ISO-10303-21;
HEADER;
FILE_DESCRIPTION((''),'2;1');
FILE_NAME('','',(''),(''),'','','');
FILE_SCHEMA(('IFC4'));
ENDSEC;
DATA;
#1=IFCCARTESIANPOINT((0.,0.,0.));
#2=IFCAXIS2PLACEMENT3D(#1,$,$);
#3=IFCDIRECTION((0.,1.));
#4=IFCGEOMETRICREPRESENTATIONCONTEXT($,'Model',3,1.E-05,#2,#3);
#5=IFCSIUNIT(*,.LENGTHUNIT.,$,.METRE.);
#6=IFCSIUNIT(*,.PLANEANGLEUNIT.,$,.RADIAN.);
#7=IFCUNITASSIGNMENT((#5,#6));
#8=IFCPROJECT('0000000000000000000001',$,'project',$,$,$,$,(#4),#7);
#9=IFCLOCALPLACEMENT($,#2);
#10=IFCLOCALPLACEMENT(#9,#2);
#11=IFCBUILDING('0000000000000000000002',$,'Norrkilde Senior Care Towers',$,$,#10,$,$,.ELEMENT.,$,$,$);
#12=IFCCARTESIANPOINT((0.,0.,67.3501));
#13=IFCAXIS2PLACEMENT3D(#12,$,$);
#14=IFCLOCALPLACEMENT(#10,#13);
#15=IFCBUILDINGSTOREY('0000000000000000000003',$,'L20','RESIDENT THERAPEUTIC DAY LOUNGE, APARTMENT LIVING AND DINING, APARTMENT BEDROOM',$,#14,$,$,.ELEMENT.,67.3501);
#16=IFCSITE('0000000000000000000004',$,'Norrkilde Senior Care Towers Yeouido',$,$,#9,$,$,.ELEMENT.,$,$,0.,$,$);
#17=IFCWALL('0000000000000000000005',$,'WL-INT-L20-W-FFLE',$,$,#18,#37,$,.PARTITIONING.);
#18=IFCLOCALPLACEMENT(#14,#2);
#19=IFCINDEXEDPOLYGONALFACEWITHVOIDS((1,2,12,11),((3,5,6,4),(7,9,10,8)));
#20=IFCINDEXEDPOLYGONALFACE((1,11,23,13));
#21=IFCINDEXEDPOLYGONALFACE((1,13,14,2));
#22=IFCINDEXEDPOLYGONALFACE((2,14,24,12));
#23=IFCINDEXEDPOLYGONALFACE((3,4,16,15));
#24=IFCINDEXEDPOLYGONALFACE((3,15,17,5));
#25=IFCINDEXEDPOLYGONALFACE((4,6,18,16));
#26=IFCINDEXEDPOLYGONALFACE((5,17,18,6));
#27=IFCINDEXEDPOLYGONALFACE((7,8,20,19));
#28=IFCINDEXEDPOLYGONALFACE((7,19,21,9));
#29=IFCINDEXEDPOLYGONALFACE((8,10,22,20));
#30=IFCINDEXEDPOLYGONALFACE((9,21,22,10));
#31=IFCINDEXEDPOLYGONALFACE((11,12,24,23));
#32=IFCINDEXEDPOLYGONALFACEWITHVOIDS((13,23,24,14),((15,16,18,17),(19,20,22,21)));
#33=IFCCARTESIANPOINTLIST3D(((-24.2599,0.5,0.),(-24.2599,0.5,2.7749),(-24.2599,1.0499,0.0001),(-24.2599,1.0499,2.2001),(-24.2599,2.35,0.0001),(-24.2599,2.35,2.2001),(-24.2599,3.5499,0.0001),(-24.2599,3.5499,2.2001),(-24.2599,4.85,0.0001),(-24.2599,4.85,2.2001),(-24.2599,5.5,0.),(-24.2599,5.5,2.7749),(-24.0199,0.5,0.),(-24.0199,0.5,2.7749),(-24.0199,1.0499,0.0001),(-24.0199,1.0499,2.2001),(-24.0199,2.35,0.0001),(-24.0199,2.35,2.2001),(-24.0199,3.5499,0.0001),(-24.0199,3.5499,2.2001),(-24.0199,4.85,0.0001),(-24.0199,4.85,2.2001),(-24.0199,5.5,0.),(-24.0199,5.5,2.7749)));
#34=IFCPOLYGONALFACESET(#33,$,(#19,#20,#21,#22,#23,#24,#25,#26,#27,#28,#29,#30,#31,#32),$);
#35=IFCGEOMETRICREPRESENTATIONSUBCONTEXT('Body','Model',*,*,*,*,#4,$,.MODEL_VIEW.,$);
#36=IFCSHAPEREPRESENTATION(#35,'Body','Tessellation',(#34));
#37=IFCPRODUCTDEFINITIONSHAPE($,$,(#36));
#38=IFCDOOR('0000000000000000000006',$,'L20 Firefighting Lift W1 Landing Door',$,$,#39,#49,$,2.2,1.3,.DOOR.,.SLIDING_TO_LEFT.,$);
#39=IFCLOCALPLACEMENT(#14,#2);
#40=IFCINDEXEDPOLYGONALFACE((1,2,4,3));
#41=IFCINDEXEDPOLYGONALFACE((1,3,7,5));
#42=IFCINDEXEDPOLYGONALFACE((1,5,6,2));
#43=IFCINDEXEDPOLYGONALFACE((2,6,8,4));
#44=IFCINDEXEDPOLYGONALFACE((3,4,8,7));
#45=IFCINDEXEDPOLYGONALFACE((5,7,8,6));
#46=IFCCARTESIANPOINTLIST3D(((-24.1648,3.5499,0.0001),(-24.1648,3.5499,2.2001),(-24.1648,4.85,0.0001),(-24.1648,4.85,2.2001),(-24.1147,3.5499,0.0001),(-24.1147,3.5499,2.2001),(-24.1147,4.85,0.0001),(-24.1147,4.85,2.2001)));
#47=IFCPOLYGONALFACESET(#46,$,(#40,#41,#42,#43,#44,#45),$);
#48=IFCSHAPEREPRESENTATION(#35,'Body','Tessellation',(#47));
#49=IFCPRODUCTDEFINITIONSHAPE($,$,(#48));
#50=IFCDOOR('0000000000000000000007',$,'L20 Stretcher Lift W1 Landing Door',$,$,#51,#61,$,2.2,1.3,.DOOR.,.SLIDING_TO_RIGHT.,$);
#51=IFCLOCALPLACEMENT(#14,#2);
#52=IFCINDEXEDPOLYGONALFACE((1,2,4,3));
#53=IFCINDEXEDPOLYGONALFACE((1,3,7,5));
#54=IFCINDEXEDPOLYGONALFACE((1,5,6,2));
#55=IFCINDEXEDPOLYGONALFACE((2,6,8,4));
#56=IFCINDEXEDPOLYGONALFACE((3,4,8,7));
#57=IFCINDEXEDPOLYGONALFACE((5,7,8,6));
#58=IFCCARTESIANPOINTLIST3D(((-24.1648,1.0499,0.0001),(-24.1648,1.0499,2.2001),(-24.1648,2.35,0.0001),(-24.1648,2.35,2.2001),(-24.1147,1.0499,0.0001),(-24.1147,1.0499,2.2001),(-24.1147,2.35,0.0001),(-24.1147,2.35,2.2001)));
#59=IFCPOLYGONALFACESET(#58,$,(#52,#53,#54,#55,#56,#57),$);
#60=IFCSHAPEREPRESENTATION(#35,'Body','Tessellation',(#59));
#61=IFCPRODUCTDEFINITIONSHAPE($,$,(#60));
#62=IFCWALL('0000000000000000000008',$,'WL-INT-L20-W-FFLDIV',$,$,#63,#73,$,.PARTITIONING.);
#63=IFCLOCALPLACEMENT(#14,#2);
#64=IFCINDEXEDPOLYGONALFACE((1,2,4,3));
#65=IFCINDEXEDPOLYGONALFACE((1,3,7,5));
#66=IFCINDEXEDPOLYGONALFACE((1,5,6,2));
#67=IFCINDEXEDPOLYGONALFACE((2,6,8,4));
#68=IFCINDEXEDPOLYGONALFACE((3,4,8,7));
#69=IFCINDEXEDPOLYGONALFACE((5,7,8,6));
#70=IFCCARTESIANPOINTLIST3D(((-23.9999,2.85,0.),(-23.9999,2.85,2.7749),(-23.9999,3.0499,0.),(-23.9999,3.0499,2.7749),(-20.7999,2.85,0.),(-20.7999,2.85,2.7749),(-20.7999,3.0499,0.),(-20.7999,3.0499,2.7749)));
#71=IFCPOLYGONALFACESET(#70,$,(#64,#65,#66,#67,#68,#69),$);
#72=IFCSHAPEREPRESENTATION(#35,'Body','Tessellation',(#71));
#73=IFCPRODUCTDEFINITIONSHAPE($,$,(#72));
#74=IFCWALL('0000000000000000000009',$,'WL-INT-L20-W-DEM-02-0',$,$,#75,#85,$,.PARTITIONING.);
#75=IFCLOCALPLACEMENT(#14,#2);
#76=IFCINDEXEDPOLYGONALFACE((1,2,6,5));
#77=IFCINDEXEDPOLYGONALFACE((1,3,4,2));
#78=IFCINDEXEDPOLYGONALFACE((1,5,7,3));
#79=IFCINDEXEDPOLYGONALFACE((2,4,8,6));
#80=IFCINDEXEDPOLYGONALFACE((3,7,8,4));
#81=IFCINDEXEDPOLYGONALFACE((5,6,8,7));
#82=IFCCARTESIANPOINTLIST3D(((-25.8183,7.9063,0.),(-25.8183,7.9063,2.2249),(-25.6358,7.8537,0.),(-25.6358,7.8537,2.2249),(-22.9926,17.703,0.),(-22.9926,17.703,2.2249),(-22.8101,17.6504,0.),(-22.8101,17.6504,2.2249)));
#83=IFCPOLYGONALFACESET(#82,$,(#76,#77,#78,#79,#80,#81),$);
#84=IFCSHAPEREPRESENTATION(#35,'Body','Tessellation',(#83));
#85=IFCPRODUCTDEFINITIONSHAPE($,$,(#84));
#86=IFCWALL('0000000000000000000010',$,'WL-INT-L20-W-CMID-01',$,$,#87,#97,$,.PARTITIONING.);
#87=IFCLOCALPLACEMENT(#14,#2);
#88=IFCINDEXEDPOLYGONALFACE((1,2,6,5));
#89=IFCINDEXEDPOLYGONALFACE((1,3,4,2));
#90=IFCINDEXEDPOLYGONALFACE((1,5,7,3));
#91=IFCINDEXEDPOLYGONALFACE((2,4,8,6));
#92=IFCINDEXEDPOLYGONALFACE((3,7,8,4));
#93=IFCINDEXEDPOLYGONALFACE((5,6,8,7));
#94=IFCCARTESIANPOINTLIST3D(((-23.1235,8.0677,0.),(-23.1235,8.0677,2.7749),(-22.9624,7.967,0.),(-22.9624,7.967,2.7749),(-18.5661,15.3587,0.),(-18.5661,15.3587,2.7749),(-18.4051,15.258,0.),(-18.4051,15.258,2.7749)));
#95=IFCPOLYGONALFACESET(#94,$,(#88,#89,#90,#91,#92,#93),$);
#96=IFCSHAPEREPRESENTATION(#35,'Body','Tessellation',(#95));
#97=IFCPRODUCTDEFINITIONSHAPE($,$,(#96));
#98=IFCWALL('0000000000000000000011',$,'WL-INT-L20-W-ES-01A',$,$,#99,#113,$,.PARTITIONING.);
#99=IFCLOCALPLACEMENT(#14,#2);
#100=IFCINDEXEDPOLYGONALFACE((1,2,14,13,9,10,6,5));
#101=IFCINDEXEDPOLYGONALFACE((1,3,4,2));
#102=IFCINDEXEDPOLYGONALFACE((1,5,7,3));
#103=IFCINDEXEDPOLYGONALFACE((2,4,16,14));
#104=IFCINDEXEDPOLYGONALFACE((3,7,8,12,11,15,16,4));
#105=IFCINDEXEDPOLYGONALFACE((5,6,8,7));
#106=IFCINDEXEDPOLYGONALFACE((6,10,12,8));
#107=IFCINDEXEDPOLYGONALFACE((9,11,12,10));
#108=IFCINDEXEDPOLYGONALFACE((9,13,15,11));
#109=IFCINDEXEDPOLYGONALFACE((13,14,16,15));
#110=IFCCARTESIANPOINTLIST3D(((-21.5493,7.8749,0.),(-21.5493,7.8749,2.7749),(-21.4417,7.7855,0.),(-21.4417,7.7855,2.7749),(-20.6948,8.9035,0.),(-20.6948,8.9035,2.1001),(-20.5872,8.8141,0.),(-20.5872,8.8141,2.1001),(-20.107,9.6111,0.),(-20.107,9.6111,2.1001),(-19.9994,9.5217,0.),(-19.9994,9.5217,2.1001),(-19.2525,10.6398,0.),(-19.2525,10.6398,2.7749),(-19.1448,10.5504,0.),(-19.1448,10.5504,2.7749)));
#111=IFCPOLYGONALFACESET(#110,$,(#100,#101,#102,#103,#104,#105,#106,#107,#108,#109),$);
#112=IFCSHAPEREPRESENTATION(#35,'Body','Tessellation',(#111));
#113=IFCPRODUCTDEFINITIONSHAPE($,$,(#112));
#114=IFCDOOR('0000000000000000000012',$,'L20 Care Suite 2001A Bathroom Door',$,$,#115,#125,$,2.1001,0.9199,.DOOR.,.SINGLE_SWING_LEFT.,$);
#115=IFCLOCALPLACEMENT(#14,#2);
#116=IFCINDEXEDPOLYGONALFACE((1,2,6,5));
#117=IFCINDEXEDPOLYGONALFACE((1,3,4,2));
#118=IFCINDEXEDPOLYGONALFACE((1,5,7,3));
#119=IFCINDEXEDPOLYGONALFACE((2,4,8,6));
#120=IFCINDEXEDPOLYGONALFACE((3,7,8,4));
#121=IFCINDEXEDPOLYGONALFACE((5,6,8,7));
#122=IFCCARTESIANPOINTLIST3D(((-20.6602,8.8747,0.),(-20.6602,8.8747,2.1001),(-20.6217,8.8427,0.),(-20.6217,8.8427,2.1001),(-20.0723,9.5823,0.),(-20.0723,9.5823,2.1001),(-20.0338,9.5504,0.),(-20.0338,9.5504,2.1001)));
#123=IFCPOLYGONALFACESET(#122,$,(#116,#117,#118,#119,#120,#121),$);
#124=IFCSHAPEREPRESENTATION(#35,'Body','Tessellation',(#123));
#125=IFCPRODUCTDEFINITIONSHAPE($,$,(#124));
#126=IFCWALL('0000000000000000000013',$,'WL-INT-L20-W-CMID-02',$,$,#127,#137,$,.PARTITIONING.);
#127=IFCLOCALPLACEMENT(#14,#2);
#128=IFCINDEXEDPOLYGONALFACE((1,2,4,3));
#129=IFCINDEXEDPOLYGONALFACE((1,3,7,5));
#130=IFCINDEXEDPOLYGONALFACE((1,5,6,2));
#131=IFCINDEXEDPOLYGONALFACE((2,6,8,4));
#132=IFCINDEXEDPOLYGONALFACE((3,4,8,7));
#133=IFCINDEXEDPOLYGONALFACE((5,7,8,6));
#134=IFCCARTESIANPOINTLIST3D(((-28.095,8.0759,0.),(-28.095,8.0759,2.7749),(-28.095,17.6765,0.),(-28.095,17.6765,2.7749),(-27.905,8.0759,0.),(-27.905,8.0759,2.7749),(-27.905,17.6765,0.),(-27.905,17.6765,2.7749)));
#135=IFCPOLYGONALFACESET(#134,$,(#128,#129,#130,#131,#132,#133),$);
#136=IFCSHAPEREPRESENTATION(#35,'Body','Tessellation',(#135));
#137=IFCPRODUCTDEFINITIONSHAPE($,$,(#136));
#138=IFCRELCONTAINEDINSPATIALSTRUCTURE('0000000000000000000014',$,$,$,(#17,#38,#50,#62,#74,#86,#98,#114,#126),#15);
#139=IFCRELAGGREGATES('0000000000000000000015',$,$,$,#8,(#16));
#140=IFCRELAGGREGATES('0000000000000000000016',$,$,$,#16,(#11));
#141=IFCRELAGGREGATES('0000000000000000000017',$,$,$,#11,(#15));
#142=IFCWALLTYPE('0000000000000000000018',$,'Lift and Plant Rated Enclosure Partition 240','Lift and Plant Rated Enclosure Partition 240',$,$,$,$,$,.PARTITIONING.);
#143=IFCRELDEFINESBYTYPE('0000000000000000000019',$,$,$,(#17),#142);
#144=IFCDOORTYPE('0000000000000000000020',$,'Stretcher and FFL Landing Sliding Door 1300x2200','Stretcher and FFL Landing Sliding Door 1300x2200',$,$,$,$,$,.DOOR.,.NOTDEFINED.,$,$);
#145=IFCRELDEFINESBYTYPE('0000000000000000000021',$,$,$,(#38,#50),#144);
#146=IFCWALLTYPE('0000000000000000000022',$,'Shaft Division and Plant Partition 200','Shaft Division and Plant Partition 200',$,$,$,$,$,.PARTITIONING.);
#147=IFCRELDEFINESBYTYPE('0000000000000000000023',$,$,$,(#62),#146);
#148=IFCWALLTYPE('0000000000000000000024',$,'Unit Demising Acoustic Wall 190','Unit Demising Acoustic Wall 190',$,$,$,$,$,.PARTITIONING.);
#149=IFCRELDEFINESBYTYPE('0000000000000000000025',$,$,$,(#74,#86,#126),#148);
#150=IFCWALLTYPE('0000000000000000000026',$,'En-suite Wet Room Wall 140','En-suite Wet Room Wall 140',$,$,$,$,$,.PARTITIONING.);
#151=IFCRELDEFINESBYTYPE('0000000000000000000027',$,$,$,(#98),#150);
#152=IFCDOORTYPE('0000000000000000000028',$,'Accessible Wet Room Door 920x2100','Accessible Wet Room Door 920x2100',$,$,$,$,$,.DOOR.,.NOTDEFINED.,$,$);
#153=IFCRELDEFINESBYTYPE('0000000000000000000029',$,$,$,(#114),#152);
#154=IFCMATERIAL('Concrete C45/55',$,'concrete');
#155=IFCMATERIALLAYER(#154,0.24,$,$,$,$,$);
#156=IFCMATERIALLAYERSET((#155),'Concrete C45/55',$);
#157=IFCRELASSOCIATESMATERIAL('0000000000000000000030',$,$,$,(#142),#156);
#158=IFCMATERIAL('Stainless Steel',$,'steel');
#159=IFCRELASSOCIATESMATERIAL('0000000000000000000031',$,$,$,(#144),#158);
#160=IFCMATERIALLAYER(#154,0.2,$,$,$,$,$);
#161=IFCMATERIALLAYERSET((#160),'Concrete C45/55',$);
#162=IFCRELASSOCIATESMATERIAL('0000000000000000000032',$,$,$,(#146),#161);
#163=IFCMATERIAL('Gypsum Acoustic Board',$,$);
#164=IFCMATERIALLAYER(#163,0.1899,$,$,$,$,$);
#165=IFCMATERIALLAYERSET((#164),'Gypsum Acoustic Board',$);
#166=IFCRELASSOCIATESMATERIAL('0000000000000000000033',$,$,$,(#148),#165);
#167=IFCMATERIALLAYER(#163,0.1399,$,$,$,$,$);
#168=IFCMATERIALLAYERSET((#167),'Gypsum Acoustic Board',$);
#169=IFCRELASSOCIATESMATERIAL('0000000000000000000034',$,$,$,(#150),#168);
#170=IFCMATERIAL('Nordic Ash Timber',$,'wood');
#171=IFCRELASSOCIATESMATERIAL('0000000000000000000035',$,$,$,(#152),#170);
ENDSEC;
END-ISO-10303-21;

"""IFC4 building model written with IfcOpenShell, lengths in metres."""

from ifc_helpers import new_model, si_unit, direction, frame, frame_2d, origin, place, context, subcontext, project, spatial, rectangle, extrude, source, transform, mapped, material, layer, layer_set, type_object, type_shapes, element, fill, save


model = new_model("IFC4")

# Units and contexts
model_context = context("Model", 3, precision=1e-05, world=origin(), true_north=direction((0.0, 1.0)))
body_context = subcontext(model_context, "Body", "Model", "MODEL_VIEW")
ifc_project = project(units=[si_unit("LENGTHUNIT", "METRE"), si_unit("PLANEANGLEUNIT", "RADIAN")], contexts=[model_context])

# Site, building, storey
site_placement = place(None, origin())
site = spatial("IfcSite", under=ifc_project, at=site_placement, Name="Norrkilde Senior Care Towers Yeouido", CompositionType="ELEMENT", RefElevation=0.0)
building_placement = place(site_placement, origin())
building = spatial("IfcBuilding", under=site, at=building_placement, Name="Norrkilde Senior Care Towers", CompositionType="ELEMENT")
storey_placement = place(building_placement, frame((0.0, 0.0, 67.3501)))
storey = spatial("IfcBuildingStorey", under=building, at=storey_placement, Name="L20", Description="RESIDENT THERAPEUTIC DAY LOUNGE, APARTMENT LIVING AND DINING, APARTMENT BEDROOM", CompositionType="ELEMENT", Elevation=67.3501)

# Shared definitions
ifc_material_1 = material(Name="Concrete C45/55", Category="concrete")

# Wall, openings, doors
ifc_layer_1 = layer(ifc_material_1, 0.24)
ifc_layer_set_1 = layer_set([ifc_layer_1], Name="Concrete C45/55")
wall_type_1 = type_object("IfcWallType", Name="Lift and Plant Rated Enclosure Partition 240", Description="Lift and Plant Rated Enclosure Partition 240", PredefinedType="PARTITIONING", material=ifc_layer_set_1)
shared_shape_1 = source(origin(), body_context, "Body", "SweptSolid", [
    extrude(rectangle(XDim=5.0, YDim=0.24, at=frame_2d((2.5, 0.0))), origin(), (0.0, 0.0, 1.0), 2.7749),
])
type_shapes(wall_type_1, [shared_shape_1])
wall_1_placement = place(storey_placement, frame((-24.1399, 0.5, 0.0), z_axis=(0.0, 0.0, 1.0), x_axis=(0.0, 1.0, 0.0)))
wall_1 = element("IfcWall", 1, at=wall_1_placement, inside=storey, type_object=wall_type_1, Name="WL-INT-L20-W-FFLE", PredefinedType="PARTITIONING", context=body_context, shape_type="MappedRepresentation", body=[
    mapped(shared_shape_1, transform((0.0, 0.0, 0.0), x_axis=(1.0, 0.0, 0.0), y_axis=(0.0, 1.0, 0.0), z_axis=(0.0, 0.0, 1.0), scale=1.0)),
])
opening_1_placement = place(wall_1_placement, frame((3.05, 0.0, 0.0)))
opening_1 = element("IfcOpeningElement", 2, at=opening_1_placement, cuts=wall_1, PredefinedType="OPENING", context=body_context, shape_type="SweptSolid", body=[
    extrude(rectangle(XDim=1.3, YDim=2.2, at=frame_2d((0.6499, 1.1001))), frame((0.0, 0.1299, 0.0), z_axis=(0.0, -1.0, 0.0), x_axis=(1.0, 0.0, 0.0)), (0.0, 0.0, 1.0), 0.26),
])
opening_2_placement = place(wall_1_placement, frame((0.55, 0.0, 0.0)))
opening_2 = element("IfcOpeningElement", 3, at=opening_2_placement, cuts=wall_1, PredefinedType="OPENING", context=body_context, shape_type="SweptSolid", body=[
    extrude(rectangle(XDim=1.3, YDim=2.2, at=frame_2d((0.6499, 1.1001))), frame((0.0, 0.1299, 0.0), z_axis=(0.0, -1.0, 0.0), x_axis=(1.0, 0.0, 0.0)), (0.0, 0.0, 1.0), 0.26),
])
ifc_material_2 = material(Name="Stainless Steel", Category="steel")
door_type_1 = type_object("IfcDoorType", Name="Stretcher and FFL Landing Sliding Door 1300x2200", Description="Stretcher and FFL Landing Sliding Door 1300x2200", OperationType="NOTDEFINED", PredefinedType="DOOR", material=ifc_material_2)
shared_shape_2 = source(origin(), body_context, "Body", "SweptSolid", [
    extrude(rectangle(XDim=1.3, YDim=2.2, at=frame_2d((0.6499, 1.1001))), frame((0.0, 0.0249, 0.0), z_axis=(0.0, -1.0, 0.0), x_axis=(1.0, 0.0, 0.0)), (0.0, 0.0, 1.0), 0.05),
])
type_shapes(door_type_1, [shared_shape_2])
door_1_placement = place(opening_1_placement, origin())
door_1 = element("IfcDoor", 4, at=door_1_placement, inside=storey, type_object=door_type_1, Name="L20 Firefighting Lift W1 Landing Door", OperationType="SLIDING_TO_LEFT", OverallHeight=2.2, OverallWidth=1.3, PredefinedType="DOOR", context=body_context, shape_type="MappedRepresentation", body=[
    mapped(shared_shape_2, transform((0.0, 0.0, 0.0), x_axis=(1.0, 0.0, 0.0), y_axis=(0.0, 1.0, 0.0), z_axis=(0.0, 0.0, 1.0), scale=1.0)),
])
fill(opening_1, door_1)
door_2_placement = place(opening_2_placement, origin())
door_2 = element("IfcDoor", 5, at=door_2_placement, inside=storey, type_object=door_type_1, Name="L20 Stretcher Lift W1 Landing Door", OperationType="SLIDING_TO_RIGHT", OverallHeight=2.2, OverallWidth=1.3, PredefinedType="DOOR", context=body_context, shape_type="MappedRepresentation", body=[
    mapped(shared_shape_2, transform((0.0, 0.0, 0.0), x_axis=(1.0, 0.0, 0.0), y_axis=(0.0, 1.0, 0.0), z_axis=(0.0, 0.0, 1.0), scale=1.0)),
])
fill(opening_2, door_2)

# Wall
ifc_layer_2 = layer(ifc_material_1, 0.2)
ifc_layer_set_2 = layer_set([ifc_layer_2], Name="Concrete C45/55")
wall_type_2 = type_object("IfcWallType", Name="Shaft Division and Plant Partition 200", Description="Shaft Division and Plant Partition 200", PredefinedType="PARTITIONING", material=ifc_layer_set_2)
shared_shape_3 = source(origin(), body_context, "Body", "SweptSolid", [
    extrude(rectangle(XDim=3.2, YDim=0.2, at=frame_2d((1.6001, 0.0))), origin(), (0.0, 0.0, 1.0), 2.7749),
])
type_shapes(wall_type_2, [shared_shape_3])
wall_2_placement = place(storey_placement, frame((-24.0, 2.95, 0.0), z_axis=(0.0, 0.0, 1.0), x_axis=(1.0, 0.0, 0.0)))
element("IfcWall", 6, at=wall_2_placement, inside=storey, type_object=wall_type_2, Name="WL-INT-L20-W-FFLDIV", PredefinedType="PARTITIONING", context=body_context, shape_type="MappedRepresentation", body=[
    mapped(shared_shape_3, transform((0.0, 0.0, 0.0), x_axis=(1.0, 0.0, 0.0), y_axis=(0.0, 1.0, 0.0), z_axis=(0.0, 0.0, 1.0), scale=1.0)),
])

# Walls
ifc_material_3 = material(Name="Gypsum Acoustic Board")
ifc_layer_3 = layer(ifc_material_3, 0.1899)
ifc_layer_set_3 = layer_set([ifc_layer_3], Name="Gypsum Acoustic Board")
wall_type_3 = type_object("IfcWallType", Name="Unit Demising Acoustic Wall 190", Description="Unit Demising Acoustic Wall 190", PredefinedType="PARTITIONING", material=ifc_layer_set_3)
shared_shape_4 = source(origin(), body_context, "Body", "SweptSolid", [
    extrude(rectangle(XDim=10.196, YDim=0.1899, at=frame_2d((5.0981, 0.0))), origin(), (0.0, 0.0, 1.0), 2.2249),
])
wall_3_placement = place(storey_placement, frame((-25.7271, 7.8799, 0.0), z_axis=(0.0, 0.0, 1.0), x_axis=(0.277136, 0.960831, 0.0)))
element("IfcWall", 7, at=wall_3_placement, inside=storey, type_object=wall_type_3, Name="WL-INT-L20-W-DEM-02-0", PredefinedType="PARTITIONING", context=body_context, shape_type="MappedRepresentation", body=[
    mapped(shared_shape_4, transform((0.0, 0.0, 0.0), x_axis=(1.0, 0.0, 0.0), y_axis=(0.0, 1.0, 0.0), z_axis=(0.0, 0.0, 1.0), scale=1.0)),
])
shared_shape_5 = source(origin(), body_context, "Body", "SweptSolid", [
    extrude(rectangle(XDim=8.5981, YDim=0.1899, at=frame_2d((4.2991, 0.0))), origin(), (0.0, 0.0, 1.0), 2.7749),
])
wall_4_placement = place(storey_placement, frame((-23.043, 8.0173, 0.0), z_axis=(0.0, 0.0, 1.0), x_axis=(0.53004, 0.847973, 0.0)))
element("IfcWall", 8, at=wall_4_placement, inside=storey, type_object=wall_type_3, Name="WL-INT-L20-W-CMID-01", PredefinedType="PARTITIONING", context=body_context, shape_type="MappedRepresentation", body=[
    mapped(shared_shape_5, transform((0.0, 0.0, 0.0), x_axis=(1.0, 0.0, 0.0), y_axis=(0.0, 1.0, 0.0), z_axis=(0.0, 0.0, 1.0), scale=1.0)),
])

# Wall, opening, door
ifc_layer_4 = layer(ifc_material_3, 0.1399)
ifc_layer_set_4 = layer_set([ifc_layer_4], Name="Gypsum Acoustic Board")
wall_type_4 = type_object("IfcWallType", Name="En-suite Wet Room Wall 140", Description="En-suite Wet Room Wall 140", PredefinedType="PARTITIONING", material=ifc_layer_set_4)
shared_shape_6 = source(origin(), body_context, "Body", "SweptSolid", [
    extrude(rectangle(XDim=3.5945, YDim=0.1399, at=frame_2d((1.7974, 0.0))), origin(), (0.0, 0.0, 1.0), 2.7749),
])
wall_5_placement = place(storey_placement, frame((-21.4956, 7.8301, 0.0), z_axis=(0.0, 0.0, 1.0), x_axis=(0.639001, 0.769206, 0.0)))
wall_5 = element("IfcWall", 9, at=wall_5_placement, inside=storey, type_object=wall_type_4, Name="WL-INT-L20-W-ES-01A", PredefinedType="PARTITIONING", context=body_context, shape_type="MappedRepresentation", body=[
    mapped(shared_shape_6, transform((0.0, 0.0, 0.0), x_axis=(1.0, 0.0, 0.0), y_axis=(0.0, 1.0, 0.0), z_axis=(0.0, 0.0, 1.0), scale=1.0)),
])
opening_3_placement = place(wall_5_placement, frame((1.3374, 0.0, 0.0)))
opening_3 = element("IfcOpeningElement", 10, at=opening_3_placement, cuts=wall_5, PredefinedType="OPENING", context=body_context, shape_type="SweptSolid", body=[
    extrude(rectangle(XDim=0.9199, YDim=2.1001, at=frame_2d((0.46, 1.05))), frame((0.0, 0.0798, 0.0), z_axis=(0.0, -1.0, 0.0), x_axis=(1.0, 0.0, 0.0)), (0.0, 0.0, 1.0), 0.1599),
])
ifc_material_4 = material(Name="Nordic Ash Timber", Category="wood")
door_type_2 = type_object("IfcDoorType", Name="Accessible Wet Room Door 920x2100", Description="Accessible Wet Room Door 920x2100", OperationType="NOTDEFINED", PredefinedType="DOOR", material=ifc_material_4)
shared_shape_7 = source(origin(), body_context, "Body", "SweptSolid", [
    extrude(rectangle(XDim=0.9199, YDim=2.1001, at=frame_2d((0.46, 1.05))), frame((0.0, 0.0249, 0.0), z_axis=(0.0, -1.0, 0.0), x_axis=(1.0, 0.0, 0.0)), (0.0, 0.0, 1.0), 0.05),
])
type_shapes(door_type_2, [shared_shape_7])
door_3_placement = place(opening_3_placement, origin())
door_3 = element("IfcDoor", 11, at=door_3_placement, inside=storey, type_object=door_type_2, Name="L20 Care Suite 2001A Bathroom Door", OperationType="SINGLE_SWING_LEFT", OverallHeight=2.1001, OverallWidth=0.9199, PredefinedType="DOOR", context=body_context, shape_type="MappedRepresentation", body=[
    mapped(shared_shape_7, transform((0.0, 0.0, 0.0), x_axis=(1.0, 0.0, 0.0), y_axis=(0.0, 1.0, 0.0), z_axis=(0.0, 0.0, 1.0), scale=1.0)),
])
fill(opening_3, door_3)

# Wall
shared_shape_8 = source(origin(), body_context, "Body", "SweptSolid", [
    extrude(rectangle(XDim=9.6006, YDim=0.1899, at=frame_2d((4.8003, 0.0))), origin(), (0.0, 0.0, 1.0), 2.7749),
])
type_shapes(wall_type_3, [shared_shape_4, shared_shape_5, shared_shape_8])
wall_6_placement = place(storey_placement, frame((-28.0, 8.0759, 0.0), z_axis=(0.0, 0.0, 1.0), x_axis=(0.0, 1.0, 0.0)))
element("IfcWall", 12, at=wall_6_placement, inside=storey, type_object=wall_type_3, Name="WL-INT-L20-W-CMID-02", PredefinedType="PARTITIONING", context=body_context, shape_type="MappedRepresentation", body=[
    mapped(shared_shape_8, transform((0.0, 0.0, 0.0), x_axis=(1.0, 0.0, 0.0), y_axis=(0.0, 1.0, 0.0), z_axis=(0.0, 0.0, 1.0), scale=1.0)),
])

save(model, "model.ifc")
